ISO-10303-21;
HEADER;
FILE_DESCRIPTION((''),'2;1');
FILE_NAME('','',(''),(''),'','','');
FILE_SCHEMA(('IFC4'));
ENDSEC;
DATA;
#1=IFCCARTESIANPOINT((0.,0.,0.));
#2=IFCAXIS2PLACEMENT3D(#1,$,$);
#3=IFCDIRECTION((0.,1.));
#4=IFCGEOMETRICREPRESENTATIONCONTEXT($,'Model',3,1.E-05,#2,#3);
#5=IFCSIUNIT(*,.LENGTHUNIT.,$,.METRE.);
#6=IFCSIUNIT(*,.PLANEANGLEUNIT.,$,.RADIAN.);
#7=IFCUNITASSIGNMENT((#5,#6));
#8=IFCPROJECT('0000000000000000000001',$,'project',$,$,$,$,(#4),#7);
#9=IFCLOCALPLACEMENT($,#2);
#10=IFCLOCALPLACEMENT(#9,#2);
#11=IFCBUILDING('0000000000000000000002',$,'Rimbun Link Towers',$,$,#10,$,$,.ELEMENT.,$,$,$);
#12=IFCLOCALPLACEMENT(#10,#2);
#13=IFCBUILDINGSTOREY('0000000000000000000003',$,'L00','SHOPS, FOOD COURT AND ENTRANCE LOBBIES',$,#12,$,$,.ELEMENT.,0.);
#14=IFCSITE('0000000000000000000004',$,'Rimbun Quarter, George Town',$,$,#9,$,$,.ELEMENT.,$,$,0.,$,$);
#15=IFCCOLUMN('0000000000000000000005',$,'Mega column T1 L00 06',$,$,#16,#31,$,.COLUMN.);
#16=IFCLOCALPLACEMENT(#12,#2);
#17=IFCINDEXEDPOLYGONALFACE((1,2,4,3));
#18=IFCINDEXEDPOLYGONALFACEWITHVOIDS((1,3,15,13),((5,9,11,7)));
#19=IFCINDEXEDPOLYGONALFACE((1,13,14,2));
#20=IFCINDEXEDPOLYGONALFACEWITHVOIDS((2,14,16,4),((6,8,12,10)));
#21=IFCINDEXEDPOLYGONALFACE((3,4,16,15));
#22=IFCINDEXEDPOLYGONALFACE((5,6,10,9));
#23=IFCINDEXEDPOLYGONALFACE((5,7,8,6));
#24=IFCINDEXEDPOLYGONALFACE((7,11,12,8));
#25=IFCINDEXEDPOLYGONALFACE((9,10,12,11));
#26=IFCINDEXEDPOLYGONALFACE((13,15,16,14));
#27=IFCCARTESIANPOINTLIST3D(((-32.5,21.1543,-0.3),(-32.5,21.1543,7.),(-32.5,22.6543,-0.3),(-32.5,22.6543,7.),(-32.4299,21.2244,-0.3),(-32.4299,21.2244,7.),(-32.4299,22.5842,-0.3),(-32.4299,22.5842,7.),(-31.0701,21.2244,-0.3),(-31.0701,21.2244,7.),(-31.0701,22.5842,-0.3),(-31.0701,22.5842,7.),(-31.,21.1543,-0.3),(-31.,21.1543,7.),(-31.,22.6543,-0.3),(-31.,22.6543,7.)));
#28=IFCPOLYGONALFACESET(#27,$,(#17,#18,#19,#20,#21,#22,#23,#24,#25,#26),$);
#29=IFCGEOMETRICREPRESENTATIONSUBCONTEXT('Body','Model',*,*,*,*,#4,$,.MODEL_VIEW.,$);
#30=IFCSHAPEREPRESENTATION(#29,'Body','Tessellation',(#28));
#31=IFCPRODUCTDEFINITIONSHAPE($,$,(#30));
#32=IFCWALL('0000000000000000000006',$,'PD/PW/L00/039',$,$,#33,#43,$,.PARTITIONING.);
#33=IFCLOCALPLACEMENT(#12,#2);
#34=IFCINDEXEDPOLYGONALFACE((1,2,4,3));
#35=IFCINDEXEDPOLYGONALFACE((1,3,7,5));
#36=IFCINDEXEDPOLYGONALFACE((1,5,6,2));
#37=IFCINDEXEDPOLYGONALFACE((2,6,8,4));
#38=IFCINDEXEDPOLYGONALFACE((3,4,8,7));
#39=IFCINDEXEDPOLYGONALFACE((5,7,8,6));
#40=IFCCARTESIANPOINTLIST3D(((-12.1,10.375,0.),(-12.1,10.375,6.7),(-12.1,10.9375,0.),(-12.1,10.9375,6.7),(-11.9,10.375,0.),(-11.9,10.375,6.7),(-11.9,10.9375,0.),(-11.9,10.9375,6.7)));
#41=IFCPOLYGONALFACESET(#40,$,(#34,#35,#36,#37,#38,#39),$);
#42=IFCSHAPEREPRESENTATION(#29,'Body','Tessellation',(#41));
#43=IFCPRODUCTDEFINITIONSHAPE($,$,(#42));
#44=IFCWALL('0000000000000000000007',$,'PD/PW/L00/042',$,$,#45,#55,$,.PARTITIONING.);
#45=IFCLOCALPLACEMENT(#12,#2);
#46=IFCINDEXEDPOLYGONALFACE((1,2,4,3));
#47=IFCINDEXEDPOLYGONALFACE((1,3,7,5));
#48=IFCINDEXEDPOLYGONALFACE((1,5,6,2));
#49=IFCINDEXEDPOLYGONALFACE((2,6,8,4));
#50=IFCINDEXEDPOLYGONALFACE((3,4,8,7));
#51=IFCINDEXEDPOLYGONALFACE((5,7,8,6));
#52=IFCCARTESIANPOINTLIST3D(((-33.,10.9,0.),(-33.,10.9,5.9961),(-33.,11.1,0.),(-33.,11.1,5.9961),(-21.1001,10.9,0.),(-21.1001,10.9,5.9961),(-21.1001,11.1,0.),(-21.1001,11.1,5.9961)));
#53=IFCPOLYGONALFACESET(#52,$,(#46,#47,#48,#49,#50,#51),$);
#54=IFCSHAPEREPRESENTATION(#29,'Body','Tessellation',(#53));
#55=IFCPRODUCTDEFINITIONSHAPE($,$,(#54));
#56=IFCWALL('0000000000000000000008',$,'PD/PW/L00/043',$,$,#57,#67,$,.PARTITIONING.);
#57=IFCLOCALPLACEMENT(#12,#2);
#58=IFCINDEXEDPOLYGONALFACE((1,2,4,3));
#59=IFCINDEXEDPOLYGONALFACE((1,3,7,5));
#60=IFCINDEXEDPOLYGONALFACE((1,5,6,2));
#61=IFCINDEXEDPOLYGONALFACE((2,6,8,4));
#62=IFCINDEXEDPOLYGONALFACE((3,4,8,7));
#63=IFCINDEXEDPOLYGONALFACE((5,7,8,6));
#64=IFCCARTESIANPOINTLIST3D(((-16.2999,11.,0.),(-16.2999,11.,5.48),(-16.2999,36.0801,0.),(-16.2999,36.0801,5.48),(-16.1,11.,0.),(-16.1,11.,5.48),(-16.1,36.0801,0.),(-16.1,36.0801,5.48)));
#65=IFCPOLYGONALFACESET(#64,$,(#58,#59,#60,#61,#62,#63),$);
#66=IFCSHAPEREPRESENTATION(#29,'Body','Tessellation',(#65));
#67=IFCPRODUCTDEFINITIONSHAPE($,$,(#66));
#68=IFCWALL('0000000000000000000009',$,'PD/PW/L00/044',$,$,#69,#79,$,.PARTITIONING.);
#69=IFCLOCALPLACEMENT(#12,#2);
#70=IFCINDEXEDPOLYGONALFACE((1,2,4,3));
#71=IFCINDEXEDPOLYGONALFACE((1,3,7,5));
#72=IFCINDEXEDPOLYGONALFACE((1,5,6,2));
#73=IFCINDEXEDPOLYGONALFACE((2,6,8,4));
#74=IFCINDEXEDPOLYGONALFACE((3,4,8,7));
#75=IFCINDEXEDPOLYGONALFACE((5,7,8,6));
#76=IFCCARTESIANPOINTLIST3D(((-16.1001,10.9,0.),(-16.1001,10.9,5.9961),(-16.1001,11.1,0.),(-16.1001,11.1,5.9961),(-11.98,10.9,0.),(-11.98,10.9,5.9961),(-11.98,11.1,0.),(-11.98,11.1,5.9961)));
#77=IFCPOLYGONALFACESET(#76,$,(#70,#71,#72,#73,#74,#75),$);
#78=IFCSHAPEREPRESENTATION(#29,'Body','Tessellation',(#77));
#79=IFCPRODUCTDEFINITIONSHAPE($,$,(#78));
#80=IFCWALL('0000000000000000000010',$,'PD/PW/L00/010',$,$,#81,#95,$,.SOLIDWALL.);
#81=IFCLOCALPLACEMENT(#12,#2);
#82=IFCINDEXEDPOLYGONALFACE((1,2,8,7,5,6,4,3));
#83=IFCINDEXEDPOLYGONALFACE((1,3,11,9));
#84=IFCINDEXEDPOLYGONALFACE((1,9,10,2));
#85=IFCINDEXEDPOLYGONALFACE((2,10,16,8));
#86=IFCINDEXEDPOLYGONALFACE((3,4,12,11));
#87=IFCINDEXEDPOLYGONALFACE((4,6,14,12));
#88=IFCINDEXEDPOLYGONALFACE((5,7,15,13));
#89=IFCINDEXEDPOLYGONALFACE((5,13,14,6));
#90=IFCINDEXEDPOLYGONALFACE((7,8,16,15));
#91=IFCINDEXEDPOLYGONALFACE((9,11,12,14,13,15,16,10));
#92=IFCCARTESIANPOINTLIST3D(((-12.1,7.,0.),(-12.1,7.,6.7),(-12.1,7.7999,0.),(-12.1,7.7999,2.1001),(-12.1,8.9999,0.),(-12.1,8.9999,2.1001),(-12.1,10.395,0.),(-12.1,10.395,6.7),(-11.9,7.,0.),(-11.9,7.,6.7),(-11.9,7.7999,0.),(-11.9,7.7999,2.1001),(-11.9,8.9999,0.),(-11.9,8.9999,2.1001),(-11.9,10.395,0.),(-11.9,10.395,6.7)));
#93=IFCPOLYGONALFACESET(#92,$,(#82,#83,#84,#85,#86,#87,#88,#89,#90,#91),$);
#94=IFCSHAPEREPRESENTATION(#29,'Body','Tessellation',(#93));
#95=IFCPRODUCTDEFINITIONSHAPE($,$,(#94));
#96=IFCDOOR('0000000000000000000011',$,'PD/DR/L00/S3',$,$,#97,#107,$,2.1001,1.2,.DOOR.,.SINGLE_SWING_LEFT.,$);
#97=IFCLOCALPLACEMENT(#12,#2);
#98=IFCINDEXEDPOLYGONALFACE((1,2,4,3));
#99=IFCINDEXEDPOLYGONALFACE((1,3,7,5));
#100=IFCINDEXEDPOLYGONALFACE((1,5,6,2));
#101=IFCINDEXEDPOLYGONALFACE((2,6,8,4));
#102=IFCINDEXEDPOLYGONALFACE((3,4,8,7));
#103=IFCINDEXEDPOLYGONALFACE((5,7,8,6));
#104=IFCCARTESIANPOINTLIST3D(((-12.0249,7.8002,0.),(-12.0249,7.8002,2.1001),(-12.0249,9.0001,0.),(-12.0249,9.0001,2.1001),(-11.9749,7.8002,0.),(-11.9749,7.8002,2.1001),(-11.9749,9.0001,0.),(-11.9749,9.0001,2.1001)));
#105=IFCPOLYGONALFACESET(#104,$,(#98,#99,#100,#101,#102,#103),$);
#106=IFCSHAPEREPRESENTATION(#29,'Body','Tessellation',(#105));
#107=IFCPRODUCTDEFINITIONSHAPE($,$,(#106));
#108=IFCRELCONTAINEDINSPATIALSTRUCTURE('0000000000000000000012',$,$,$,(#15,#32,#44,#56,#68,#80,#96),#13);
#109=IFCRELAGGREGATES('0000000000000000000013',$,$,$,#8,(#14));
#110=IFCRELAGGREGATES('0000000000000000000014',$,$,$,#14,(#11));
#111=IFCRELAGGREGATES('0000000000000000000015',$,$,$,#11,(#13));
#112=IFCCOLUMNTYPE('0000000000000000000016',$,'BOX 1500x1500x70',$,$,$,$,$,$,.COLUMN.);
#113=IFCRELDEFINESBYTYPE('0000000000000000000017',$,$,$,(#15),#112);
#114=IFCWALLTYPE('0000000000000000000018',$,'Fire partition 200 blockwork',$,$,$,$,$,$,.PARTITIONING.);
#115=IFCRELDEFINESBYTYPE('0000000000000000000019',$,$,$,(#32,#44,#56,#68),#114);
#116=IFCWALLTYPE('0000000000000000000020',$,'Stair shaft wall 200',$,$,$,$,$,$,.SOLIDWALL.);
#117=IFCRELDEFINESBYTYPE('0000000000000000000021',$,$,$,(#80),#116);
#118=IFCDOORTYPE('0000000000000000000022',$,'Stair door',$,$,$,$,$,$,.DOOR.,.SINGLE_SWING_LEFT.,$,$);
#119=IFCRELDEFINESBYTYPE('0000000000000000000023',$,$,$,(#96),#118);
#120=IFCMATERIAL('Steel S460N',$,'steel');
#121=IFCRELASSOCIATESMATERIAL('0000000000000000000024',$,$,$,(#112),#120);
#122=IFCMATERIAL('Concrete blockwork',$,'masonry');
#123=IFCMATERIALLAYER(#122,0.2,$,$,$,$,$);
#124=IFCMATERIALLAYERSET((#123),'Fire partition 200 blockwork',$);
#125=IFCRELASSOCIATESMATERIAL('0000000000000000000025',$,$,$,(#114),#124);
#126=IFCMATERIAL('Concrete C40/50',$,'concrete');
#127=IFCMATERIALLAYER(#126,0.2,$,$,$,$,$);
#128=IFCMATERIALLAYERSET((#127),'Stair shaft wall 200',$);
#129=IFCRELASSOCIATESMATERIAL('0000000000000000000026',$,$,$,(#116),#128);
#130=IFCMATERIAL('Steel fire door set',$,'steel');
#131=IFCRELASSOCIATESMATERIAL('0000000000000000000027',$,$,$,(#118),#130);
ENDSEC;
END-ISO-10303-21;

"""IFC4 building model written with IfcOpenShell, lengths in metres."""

from ifc_helpers import new_model, si_unit, direction, frame, frame_2d, origin, origin_2d, place, context, subcontext, project, spatial, rectangle, hollow_rectangle, extrude, material, layer, layer_set, material_profile, profile_set, type_object, element, fill, save


model = new_model("IFC4")

# Units and contexts
model_context = context("Model", 3, precision=1e-05, world=origin(), true_north=direction((0.0, 1.0)))
body_context = subcontext(model_context, "Body", "Model", "MODEL_VIEW")
ifc_project = project(units=[si_unit("LENGTHUNIT", "METRE"), si_unit("PLANEANGLEUNIT", "RADIAN")], contexts=[model_context])

# Site, building, storey
site_placement = place(None, origin())
site = spatial("IfcSite", under=ifc_project, at=site_placement, Name="Rimbun Quarter, George Town", CompositionType="ELEMENT", RefElevation=0.0)
building_placement = place(site_placement, origin())
building = spatial("IfcBuilding", under=site, at=building_placement, Name="Rimbun Link Towers", CompositionType="ELEMENT")
storey_placement = place(building_placement, origin())
storey = spatial("IfcBuildingStorey", under=building, at=storey_placement, Name="L00", Description="SHOPS, FOOD COURT AND ENTRANCE LOBBIES", CompositionType="ELEMENT", Elevation=0.0)

# Column
ifc_material_1 = material(Name="Steel S460N", Category="steel")
ifc_material_profile_1 = material_profile(ifc_material_1, hollow_rectangle(XDim=1.5, YDim=1.5, WallThickness=0.0701, at=origin_2d()), Name="BOX 1500x1500x70")
ifc_profile_set_1 = profile_set([ifc_material_profile_1], Name="Steel S460N")
column_type = type_object("IfcColumnType", Name="BOX 1500x1500x70", PredefinedType="COLUMN", material=ifc_profile_set_1)
for number, where, z_axis, x_axis, name in (
    (1, (-31.75, 21.9043, -0.3), (0.0, 0.0, 1.0), (0.0, 1.0, 0.0), "Mega column T1 L00 06"),
):
    element("IfcColumn", number, at=place(storey_placement, frame(where, z_axis=z_axis, x_axis=x_axis)), inside=storey, type_object=column_type, Name=name, PredefinedType="COLUMN", context=body_context, shape_type="SweptSolid", body=[
        extrude(hollow_rectangle(XDim=1.5, YDim=1.5, WallThickness=0.0701, at=origin_2d()), origin(), (0.0, 0.0, 1.0), 7.3),
    ])

# Walls
ifc_material_2 = material(Name="Concrete blockwork", Category="masonry")
ifc_layer_1 = layer(ifc_material_2, 0.2)
ifc_layer_set_1 = layer_set([ifc_layer_1], Name="Fire partition 200 blockwork")
wall_type_1 = type_object("IfcWallType", Name="Fire partition 200 blockwork", PredefinedType="PARTITIONING", material=ifc_layer_set_1)
wall_1_placement = place(storey_placement, frame((-12.0, 10.375, 0.0), z_axis=(0.0, 0.0, 1.0), x_axis=(0.0, 1.0, 0.0)))
element("IfcWall", 2, at=wall_1_placement, inside=storey, type_object=wall_type_1, Name="PD/PW/L00/039", PredefinedType="PARTITIONING", context=body_context, shape_type="SweptSolid", body=[
    extrude(rectangle(XDim=0.5625, YDim=0.2, at=frame_2d((0.2812, 0.0))), origin(), (0.0, 0.0, 1.0), 6.7),
])
wall_2_placement = place(storey_placement, frame((-21.1001, 11.0, 0.0), z_axis=(0.0, 0.0, 1.0), x_axis=(-1.0, 0.0, 0.0)))
element("IfcWall", 3, at=wall_2_placement, inside=storey, type_object=wall_type_1, Name="PD/PW/L00/042", PredefinedType="PARTITIONING", context=body_context, shape_type="SweptSolid", body=[
    extrude(rectangle(XDim=11.8999, YDim=0.2, at=frame_2d((5.95, 0.0))), origin(), (0.0, 0.0, 1.0), 5.9961),
])
wall_3_placement = place(storey_placement, frame((-16.2, 11.0, 0.0), z_axis=(0.0, 0.0, 1.0), x_axis=(0.0, 1.0, 0.0)))
element("IfcWall", 4, at=wall_3_placement, inside=storey, type_object=wall_type_1, Name="PD/PW/L00/043", PredefinedType="PARTITIONING", context=body_context, shape_type="SweptSolid", body=[
    extrude(rectangle(XDim=25.0801, YDim=0.2, at=frame_2d((12.54, 0.0))), origin(), (0.0, 0.0, 1.0), 5.48),
])
wall_4_placement = place(storey_placement, frame((-11.98, 11.0, 0.0), z_axis=(0.0, 0.0, 1.0), x_axis=(-1.0, 0.0, 0.0)))
element("IfcWall", 5, at=wall_4_placement, inside=storey, type_object=wall_type_1, Name="PD/PW/L00/044", PredefinedType="PARTITIONING", context=body_context, shape_type="SweptSolid", body=[
    extrude(rectangle(XDim=4.1201, YDim=0.2, at=frame_2d((2.0601, 0.0))), origin(), (0.0, 0.0, 1.0), 5.9961),
])

# Wall, opening, door
ifc_material_3 = material(Name="Concrete C40/50", Category="concrete")
ifc_layer_2 = layer(ifc_material_3, 0.2)
ifc_layer_set_2 = layer_set([ifc_layer_2], Name="Stair shaft wall 200")
wall_type_2 = type_object("IfcWallType", Name="Stair shaft wall 200", PredefinedType="SOLIDWALL", material=ifc_layer_set_2)
wall_5_placement = place(storey_placement, frame((-12.0, 10.395, 0.0), z_axis=(0.0, 0.0, 1.0), x_axis=(0.0, -1.0, 0.0)))
wall_5 = element("IfcWall", 6, at=wall_5_placement, inside=storey, type_object=wall_type_2, Name="PD/PW/L00/010", PredefinedType="SOLIDWALL", context=body_context, shape_type="SweptSolid", body=[
    extrude(rectangle(XDim=3.395, YDim=0.2, at=frame_2d((1.6975, 0.0))), origin(), (0.0, 0.0, 1.0), 6.7),
])
opening_placement = place(wall_5_placement, frame((1.395, 0.0, 0.0)))
opening = element("IfcOpeningElement", 7, at=opening_placement, cuts=wall_5, PredefinedType="OPENING", context=body_context, shape_type="SweptSolid", body=[
    extrude(rectangle(XDim=1.2, YDim=2.1001, at=frame_2d((0.6001, 1.05))), frame((0.0, 0.1099, 0.0), z_axis=(0.0, -1.0, 0.0), x_axis=(1.0, 0.0, 0.0)), (0.0, 0.0, 1.0), 0.22),
])
ifc_material_4 = material(Name="Steel fire door set", Category="steel")
door_type = type_object("IfcDoorType", Name="Stair door", OperationType="SINGLE_SWING_LEFT", PredefinedType="DOOR", material=ifc_material_4)
door_placement = place(opening_placement, frame((1.2, 0.0, 0.0), z_axis=(0.0, 0.0, 1.0), x_axis=(-1.0, 0.0, 0.0)))
door = element("IfcDoor", 8, at=door_placement, inside=storey, type_object=door_type, Name="PD/DR/L00/S3", OperationType="SINGLE_SWING_LEFT", OverallHeight=2.1001, OverallWidth=1.2, PredefinedType="DOOR", context=body_context, shape_type="SweptSolid", body=[
    extrude(rectangle(XDim=1.2, YDim=2.1001, at=frame_2d((0.6001, 1.05))), frame((0.0, 0.0249, 0.0), z_axis=(0.0, -1.0, 0.0), x_axis=(1.0, 0.0, 0.0)), (0.0, 0.0, 1.0), 0.05),
])
fill(opening, door)

save(model, "model.ifc")
